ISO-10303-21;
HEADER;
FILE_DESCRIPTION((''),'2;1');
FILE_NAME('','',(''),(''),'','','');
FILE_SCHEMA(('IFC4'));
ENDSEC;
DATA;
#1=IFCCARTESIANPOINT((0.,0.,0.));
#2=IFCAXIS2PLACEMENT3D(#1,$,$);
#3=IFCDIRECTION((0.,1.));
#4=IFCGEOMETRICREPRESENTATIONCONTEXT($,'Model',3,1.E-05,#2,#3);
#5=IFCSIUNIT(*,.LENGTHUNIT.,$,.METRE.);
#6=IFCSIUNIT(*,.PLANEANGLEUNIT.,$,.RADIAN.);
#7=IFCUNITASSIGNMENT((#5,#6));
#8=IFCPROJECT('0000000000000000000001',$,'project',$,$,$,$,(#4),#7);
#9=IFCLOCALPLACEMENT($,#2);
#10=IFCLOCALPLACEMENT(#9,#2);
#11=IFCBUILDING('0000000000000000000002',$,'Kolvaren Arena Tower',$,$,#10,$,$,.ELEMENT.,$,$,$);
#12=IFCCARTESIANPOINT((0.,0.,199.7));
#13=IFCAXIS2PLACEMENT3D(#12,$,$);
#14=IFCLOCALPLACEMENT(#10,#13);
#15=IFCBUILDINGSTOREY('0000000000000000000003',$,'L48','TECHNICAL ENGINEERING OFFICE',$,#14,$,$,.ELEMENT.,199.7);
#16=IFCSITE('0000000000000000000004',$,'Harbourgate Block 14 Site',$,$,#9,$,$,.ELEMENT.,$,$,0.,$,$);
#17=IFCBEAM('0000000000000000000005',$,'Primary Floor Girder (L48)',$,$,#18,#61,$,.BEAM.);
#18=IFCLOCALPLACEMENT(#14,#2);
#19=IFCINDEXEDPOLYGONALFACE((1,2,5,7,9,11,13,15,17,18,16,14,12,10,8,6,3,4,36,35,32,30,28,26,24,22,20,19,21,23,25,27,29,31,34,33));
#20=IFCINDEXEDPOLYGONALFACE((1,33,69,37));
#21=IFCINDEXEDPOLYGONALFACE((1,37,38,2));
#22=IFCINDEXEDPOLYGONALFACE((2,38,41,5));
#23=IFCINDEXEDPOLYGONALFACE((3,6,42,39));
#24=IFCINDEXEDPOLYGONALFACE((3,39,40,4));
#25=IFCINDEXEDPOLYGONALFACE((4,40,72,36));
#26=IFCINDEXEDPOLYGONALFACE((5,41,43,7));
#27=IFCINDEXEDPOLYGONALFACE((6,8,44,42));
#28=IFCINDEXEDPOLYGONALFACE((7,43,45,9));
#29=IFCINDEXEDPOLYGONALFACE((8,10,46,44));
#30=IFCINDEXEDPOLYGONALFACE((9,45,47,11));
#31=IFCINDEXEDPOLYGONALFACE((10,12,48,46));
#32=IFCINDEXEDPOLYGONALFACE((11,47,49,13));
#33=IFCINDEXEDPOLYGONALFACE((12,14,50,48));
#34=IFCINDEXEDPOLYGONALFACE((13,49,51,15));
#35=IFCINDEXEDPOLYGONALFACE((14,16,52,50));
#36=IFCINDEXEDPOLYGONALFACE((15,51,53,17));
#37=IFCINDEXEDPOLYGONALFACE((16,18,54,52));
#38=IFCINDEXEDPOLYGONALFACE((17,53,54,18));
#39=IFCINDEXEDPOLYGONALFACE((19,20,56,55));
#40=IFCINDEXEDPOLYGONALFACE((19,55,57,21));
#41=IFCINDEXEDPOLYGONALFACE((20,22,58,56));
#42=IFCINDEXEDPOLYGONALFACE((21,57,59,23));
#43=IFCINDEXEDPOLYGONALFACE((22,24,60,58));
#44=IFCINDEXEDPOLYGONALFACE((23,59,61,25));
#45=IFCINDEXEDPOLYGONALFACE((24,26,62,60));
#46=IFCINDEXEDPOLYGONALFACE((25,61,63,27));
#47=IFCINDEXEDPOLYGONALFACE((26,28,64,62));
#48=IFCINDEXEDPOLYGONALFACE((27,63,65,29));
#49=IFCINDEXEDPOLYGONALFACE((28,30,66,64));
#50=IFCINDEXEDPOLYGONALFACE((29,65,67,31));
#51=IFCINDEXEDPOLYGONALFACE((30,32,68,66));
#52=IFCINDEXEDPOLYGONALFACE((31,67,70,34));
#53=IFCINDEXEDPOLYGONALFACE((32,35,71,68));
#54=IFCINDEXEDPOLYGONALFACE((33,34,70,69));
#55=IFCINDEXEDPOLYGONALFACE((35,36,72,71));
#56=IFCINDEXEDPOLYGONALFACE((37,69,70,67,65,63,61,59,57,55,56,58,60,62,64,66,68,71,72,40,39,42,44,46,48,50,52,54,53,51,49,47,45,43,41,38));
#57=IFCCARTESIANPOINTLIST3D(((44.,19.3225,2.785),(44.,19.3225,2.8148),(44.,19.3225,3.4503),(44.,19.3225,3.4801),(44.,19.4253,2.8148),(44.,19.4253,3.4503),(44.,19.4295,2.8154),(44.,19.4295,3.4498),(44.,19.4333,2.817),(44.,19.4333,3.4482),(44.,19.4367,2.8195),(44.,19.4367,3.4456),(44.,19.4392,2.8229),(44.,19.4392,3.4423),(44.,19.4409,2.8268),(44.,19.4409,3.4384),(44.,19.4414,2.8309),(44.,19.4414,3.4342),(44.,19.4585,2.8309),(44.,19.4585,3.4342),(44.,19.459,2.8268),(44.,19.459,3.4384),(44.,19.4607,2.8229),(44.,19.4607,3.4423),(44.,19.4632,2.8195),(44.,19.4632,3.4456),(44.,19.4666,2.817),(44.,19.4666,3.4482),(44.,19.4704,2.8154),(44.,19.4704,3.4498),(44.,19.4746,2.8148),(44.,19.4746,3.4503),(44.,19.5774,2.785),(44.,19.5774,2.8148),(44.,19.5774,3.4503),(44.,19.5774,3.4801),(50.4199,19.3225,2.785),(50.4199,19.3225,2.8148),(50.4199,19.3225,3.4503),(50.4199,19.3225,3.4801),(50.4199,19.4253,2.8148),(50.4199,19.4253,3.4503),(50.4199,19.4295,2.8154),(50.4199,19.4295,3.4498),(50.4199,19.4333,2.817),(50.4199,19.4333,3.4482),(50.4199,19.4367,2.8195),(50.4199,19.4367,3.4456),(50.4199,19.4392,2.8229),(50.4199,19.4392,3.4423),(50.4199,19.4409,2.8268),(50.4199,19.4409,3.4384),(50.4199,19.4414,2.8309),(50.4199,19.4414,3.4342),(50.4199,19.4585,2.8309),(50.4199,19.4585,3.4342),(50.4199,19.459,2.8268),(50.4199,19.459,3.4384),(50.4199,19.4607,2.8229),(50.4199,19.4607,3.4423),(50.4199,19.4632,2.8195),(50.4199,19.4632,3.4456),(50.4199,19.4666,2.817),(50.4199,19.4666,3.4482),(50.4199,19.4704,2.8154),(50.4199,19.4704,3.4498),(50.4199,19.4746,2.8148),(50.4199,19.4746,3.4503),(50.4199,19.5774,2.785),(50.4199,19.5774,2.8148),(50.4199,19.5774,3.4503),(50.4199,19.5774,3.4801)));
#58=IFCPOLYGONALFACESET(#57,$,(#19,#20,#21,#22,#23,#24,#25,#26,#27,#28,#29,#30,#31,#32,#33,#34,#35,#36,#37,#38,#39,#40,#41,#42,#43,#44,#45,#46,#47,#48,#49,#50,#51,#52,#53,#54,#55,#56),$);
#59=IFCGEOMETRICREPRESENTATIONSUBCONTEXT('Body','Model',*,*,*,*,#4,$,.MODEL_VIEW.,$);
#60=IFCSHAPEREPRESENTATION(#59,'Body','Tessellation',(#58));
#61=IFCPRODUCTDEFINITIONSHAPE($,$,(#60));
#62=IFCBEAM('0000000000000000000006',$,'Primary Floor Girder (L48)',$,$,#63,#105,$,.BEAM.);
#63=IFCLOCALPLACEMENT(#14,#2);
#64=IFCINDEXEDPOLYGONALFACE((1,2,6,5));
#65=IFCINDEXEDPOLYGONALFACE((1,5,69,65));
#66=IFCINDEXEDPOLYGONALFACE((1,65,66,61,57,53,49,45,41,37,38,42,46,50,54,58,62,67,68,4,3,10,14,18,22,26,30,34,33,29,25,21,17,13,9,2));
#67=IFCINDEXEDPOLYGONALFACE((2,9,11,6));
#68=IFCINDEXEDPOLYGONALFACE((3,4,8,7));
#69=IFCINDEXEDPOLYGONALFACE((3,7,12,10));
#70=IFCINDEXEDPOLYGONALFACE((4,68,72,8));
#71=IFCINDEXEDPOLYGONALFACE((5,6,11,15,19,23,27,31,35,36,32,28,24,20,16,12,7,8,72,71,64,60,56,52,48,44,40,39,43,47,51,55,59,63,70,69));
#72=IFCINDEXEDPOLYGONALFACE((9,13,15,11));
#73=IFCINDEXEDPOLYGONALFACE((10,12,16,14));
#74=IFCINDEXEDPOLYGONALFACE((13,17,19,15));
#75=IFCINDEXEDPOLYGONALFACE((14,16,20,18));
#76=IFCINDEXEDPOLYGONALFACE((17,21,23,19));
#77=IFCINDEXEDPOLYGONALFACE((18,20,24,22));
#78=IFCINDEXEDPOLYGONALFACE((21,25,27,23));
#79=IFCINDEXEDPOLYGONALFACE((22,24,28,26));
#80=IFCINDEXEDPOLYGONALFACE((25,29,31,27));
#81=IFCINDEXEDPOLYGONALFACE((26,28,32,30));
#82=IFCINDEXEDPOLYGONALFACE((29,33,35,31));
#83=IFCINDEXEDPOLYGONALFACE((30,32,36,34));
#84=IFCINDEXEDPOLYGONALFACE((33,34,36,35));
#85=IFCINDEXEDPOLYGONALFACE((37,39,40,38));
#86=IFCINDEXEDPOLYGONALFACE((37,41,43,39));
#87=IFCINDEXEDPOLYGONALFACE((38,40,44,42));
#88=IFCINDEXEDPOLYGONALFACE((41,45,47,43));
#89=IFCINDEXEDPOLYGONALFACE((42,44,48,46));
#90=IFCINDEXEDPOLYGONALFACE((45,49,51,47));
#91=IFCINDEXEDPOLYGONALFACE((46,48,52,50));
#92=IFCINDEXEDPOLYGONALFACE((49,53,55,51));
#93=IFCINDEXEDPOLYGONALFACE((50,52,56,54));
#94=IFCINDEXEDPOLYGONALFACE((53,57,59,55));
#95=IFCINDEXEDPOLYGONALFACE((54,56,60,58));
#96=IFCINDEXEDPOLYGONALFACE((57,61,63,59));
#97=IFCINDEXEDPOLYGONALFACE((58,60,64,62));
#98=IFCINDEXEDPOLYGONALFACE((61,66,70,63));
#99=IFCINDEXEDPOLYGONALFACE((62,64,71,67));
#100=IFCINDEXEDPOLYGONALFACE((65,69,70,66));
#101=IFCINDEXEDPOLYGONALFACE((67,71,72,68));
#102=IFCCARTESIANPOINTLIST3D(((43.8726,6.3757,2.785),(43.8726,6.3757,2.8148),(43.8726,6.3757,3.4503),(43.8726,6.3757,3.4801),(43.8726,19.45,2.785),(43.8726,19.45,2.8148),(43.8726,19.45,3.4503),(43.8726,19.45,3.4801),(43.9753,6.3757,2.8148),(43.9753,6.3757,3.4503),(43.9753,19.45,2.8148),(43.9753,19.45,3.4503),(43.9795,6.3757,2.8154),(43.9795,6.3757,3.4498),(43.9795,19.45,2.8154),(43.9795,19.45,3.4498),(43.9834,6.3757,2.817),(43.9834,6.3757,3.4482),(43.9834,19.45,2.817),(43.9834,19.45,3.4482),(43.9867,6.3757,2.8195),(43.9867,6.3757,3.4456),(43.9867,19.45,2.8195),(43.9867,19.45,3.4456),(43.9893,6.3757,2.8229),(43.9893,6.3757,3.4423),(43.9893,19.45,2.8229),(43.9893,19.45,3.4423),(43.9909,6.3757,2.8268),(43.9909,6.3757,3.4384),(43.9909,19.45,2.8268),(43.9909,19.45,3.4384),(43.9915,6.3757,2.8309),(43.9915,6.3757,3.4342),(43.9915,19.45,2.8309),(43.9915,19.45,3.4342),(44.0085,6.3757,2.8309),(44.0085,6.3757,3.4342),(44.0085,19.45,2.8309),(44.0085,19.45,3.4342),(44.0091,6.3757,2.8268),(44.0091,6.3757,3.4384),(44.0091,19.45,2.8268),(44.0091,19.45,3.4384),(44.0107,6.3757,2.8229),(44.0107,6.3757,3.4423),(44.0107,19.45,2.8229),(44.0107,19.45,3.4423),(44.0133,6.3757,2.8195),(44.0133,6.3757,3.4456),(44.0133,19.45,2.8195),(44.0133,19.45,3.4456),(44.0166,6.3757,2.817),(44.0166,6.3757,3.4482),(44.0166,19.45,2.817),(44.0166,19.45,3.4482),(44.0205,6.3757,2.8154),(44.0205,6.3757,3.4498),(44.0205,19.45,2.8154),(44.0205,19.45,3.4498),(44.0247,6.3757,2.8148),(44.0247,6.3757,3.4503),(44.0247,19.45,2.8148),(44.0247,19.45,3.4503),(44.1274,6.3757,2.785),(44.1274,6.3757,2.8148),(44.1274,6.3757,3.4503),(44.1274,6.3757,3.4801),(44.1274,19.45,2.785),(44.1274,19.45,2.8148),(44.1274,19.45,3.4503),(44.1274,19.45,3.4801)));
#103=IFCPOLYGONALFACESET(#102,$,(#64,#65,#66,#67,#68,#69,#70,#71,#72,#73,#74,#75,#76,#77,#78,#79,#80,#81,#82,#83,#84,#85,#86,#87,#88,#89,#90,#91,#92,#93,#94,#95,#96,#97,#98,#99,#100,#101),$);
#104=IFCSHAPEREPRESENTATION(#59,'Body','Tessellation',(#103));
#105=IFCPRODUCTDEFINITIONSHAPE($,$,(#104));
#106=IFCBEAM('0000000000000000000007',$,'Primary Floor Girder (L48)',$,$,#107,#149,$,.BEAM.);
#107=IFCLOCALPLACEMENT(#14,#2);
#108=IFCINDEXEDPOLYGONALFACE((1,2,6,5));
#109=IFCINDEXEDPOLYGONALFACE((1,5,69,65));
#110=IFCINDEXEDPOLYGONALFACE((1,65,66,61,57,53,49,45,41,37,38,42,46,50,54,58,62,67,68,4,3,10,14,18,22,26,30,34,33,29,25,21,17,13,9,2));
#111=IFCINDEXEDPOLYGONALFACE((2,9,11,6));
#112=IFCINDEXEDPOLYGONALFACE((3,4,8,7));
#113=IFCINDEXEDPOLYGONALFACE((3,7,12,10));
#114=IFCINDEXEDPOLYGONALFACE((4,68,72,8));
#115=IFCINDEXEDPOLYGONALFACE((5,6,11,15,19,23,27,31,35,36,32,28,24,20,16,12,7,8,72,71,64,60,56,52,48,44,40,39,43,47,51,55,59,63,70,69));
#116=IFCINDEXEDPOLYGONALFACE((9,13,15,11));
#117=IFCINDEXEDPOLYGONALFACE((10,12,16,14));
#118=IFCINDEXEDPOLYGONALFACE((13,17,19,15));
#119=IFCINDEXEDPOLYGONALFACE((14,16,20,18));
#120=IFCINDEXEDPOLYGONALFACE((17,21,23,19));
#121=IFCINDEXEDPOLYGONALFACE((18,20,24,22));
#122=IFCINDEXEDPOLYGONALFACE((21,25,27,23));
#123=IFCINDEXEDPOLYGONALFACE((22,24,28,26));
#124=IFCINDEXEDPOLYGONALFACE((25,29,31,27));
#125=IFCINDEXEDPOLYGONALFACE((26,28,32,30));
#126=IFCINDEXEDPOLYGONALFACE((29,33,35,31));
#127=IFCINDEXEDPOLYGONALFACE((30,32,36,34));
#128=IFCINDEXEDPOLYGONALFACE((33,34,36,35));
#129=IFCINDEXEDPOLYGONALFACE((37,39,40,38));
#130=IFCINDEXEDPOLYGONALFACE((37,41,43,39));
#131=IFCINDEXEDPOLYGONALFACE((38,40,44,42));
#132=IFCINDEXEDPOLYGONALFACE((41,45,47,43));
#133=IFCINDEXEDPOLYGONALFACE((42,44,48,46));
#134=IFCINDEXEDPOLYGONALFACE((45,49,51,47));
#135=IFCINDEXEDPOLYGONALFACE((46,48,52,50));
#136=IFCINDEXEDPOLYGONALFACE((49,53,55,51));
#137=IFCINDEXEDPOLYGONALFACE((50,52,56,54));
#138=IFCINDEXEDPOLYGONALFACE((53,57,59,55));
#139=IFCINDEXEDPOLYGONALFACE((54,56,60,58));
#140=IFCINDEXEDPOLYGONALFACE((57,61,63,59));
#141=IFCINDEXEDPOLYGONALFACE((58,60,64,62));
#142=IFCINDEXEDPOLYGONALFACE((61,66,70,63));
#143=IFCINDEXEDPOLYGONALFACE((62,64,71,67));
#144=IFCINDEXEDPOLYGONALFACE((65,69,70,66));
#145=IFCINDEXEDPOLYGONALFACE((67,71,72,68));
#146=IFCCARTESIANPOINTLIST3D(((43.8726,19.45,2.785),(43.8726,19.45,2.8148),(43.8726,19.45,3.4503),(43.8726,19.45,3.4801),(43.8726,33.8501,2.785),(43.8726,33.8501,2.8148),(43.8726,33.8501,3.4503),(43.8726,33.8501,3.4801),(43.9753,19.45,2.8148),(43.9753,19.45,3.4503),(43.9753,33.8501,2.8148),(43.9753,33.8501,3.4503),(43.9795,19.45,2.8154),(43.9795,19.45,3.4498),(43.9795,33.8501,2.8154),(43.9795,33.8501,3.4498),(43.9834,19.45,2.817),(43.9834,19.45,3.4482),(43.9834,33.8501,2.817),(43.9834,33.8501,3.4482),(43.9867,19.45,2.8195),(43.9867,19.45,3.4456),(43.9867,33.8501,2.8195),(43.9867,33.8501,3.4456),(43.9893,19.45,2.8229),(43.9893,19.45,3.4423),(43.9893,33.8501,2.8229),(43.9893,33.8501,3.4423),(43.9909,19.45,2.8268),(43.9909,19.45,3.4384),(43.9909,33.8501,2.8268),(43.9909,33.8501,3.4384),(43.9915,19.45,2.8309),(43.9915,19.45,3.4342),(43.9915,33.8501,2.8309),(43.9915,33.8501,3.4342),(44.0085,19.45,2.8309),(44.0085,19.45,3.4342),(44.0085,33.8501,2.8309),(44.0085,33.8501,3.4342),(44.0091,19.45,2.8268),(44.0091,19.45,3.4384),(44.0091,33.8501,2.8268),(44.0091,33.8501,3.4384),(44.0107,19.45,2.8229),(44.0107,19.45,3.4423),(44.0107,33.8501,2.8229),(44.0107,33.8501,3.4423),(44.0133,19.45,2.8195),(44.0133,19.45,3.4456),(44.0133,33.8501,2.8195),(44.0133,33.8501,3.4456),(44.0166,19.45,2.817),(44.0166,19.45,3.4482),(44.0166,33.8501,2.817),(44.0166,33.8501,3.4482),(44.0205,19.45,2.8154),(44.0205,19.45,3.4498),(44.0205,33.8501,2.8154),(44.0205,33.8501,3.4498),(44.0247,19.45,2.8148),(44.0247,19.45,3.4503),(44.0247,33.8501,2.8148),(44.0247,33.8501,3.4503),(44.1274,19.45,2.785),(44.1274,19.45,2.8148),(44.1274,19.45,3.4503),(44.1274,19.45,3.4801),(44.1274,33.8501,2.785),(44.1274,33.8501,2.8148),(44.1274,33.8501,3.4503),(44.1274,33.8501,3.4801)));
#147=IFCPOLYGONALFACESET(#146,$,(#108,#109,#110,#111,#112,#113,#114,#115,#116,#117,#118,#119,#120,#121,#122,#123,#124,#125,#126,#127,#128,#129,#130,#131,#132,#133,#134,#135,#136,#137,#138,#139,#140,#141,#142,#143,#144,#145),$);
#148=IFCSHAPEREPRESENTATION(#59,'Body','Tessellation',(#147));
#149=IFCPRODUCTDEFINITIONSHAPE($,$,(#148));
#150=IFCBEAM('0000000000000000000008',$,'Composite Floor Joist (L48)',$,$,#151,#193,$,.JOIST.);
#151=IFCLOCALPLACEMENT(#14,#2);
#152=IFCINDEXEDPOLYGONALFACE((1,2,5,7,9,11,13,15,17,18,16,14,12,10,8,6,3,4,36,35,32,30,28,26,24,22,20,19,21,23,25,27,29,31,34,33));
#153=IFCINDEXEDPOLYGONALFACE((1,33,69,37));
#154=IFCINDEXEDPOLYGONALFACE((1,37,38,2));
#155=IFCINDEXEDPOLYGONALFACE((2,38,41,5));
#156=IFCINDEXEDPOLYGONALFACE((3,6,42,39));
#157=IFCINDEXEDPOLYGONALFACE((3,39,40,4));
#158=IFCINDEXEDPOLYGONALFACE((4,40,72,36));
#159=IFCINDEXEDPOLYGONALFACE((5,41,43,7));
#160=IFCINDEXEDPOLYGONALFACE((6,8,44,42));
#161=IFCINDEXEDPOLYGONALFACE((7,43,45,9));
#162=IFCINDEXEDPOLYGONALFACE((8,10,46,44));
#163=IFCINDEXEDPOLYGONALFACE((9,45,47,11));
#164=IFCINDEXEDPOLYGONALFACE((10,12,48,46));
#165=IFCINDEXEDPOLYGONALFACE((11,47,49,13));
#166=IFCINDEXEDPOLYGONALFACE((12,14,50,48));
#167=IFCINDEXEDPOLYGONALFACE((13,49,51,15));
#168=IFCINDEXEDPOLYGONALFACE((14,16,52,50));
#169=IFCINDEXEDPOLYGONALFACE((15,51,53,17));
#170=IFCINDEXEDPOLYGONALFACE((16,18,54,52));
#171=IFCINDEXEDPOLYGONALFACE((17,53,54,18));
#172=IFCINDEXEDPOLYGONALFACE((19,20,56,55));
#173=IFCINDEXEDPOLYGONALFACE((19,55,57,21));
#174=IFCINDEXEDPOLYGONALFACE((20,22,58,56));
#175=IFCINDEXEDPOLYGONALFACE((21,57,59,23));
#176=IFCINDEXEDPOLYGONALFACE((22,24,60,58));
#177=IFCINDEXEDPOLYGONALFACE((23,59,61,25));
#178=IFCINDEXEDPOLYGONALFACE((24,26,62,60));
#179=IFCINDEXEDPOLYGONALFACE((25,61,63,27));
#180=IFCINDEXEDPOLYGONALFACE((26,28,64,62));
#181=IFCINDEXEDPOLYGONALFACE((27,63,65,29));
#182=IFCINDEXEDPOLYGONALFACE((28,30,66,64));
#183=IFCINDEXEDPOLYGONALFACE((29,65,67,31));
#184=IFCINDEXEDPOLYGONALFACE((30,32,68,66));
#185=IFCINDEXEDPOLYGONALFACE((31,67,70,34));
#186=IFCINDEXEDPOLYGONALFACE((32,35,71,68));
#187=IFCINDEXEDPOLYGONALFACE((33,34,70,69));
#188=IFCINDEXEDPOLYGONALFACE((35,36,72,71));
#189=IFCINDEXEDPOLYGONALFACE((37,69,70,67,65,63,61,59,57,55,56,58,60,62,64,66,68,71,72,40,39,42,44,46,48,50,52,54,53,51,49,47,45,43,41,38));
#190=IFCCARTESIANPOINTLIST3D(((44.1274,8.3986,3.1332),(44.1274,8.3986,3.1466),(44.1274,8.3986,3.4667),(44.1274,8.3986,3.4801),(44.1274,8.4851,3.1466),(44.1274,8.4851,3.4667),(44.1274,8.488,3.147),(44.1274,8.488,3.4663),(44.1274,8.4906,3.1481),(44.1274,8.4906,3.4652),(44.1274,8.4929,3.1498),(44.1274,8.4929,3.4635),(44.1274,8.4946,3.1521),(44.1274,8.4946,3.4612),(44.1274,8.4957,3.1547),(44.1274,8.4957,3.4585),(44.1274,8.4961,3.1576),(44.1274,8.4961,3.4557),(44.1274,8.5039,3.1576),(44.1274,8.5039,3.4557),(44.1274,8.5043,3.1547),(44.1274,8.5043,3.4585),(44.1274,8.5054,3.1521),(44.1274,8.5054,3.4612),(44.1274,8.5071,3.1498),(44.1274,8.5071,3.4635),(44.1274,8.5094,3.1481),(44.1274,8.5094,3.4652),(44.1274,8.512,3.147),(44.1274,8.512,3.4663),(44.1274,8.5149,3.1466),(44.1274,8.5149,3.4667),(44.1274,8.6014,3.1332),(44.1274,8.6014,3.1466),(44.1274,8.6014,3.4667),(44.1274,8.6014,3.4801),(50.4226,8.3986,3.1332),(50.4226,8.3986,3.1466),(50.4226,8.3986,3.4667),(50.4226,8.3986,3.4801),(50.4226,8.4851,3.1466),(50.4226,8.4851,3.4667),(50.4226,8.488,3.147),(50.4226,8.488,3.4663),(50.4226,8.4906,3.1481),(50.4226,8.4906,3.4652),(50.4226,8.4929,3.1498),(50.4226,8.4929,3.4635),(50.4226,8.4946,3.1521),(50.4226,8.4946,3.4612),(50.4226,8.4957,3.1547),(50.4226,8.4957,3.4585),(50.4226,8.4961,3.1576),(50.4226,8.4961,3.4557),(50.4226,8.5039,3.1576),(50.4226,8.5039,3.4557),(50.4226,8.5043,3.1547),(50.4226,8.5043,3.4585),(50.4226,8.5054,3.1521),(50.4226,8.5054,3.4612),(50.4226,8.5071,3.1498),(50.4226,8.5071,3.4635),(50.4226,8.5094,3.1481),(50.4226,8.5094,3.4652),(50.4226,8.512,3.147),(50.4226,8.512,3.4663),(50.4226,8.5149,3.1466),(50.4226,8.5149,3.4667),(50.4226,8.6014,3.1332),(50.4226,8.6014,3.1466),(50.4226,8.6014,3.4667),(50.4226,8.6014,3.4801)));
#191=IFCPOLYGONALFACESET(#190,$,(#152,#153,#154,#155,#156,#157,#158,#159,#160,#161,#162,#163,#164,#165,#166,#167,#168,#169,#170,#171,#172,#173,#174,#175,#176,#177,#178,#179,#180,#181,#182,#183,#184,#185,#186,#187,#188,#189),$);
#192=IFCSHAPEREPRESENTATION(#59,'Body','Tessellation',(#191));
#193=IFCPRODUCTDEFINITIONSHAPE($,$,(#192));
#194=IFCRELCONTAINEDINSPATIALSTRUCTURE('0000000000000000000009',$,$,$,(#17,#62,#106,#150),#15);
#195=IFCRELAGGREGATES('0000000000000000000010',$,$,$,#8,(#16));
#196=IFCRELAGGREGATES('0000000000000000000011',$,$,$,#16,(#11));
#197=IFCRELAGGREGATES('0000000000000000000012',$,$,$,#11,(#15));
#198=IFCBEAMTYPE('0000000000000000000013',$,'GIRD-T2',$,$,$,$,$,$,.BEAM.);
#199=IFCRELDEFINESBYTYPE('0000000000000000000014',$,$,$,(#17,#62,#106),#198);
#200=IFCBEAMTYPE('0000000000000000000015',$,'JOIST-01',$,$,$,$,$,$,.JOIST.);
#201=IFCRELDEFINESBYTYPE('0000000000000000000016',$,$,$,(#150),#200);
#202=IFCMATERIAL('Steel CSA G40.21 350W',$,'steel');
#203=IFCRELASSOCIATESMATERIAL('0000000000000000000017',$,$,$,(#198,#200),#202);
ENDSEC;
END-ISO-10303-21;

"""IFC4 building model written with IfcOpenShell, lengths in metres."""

from ifc_helpers import new_model, si_unit, direction, frame, origin, origin_2d, place, context, subcontext, project, spatial, i_section, extrude, material, material_profile, profile_set, type_object, element, save


model = new_model("IFC4")

# Units and contexts
model_context = context("Model", 3, precision=1e-05, world=origin(), true_north=direction((0.0, 1.0)))
body_context = subcontext(model_context, "Body", "Model", "MODEL_VIEW")
ifc_project = project(units=[si_unit("LENGTHUNIT", "METRE"), si_unit("PLANEANGLEUNIT", "RADIAN")], contexts=[model_context])

# Site, building, storey
site_placement = place(None, origin())
site = spatial("IfcSite", under=ifc_project, at=site_placement, Name="Harbourgate Block 14 Site", CompositionType="ELEMENT", RefElevation=0.0)
building_placement = place(site_placement, origin())
building = spatial("IfcBuilding", under=site, at=building_placement, Name="Kolvaren Arena Tower", CompositionType="ELEMENT")
storey_placement = place(building_placement, frame((0.0, 0.0, 199.7)))
storey = spatial("IfcBuildingStorey", under=building, at=storey_placement, Name="L48", Description="TECHNICAL ENGINEERING OFFICE", CompositionType="ELEMENT", Elevation=199.7)

# Beams
ifc_material_1 = material(Name="Steel CSA G40.21 350W", Category="steel")
ifc_material_profile_1 = material_profile(ifc_material_1, i_section(OverallWidth=0.2549, OverallDepth=0.6951, WebThickness=0.0171, FlangeThickness=0.0298, FilletRadius=0.0161, at=origin_2d()), Name="W690x217")
ifc_profile_set_1 = profile_set([ifc_material_profile_1], Name="Steel CSA G40.21 350W")
beam_type_1 = type_object("IfcBeamType", Name="GIRD-T2", PredefinedType="BEAM", material=ifc_profile_set_1)
beam_1_placement = place(storey_placement, frame((44.0, 19.45, 3.1326), z_axis=(1.0, 0.0, 0.0), x_axis=(0.0, 1.0, 0.0)))
element("IfcBeam", 1, at=beam_1_placement, inside=storey, type_object=beam_type_1, Name="Primary Floor Girder (L48)", PredefinedType="BEAM", context=body_context, shape_type="SweptSolid", body=[
    extrude(i_section(OverallWidth=0.2549, OverallDepth=0.6951, WebThickness=0.0171, FlangeThickness=0.0298, FilletRadius=0.0161, at=origin_2d()), origin(), (0.0, 0.0, 1.0), 6.4199),
])
beam_2_placement = place(storey_placement, frame((44.0, 6.3757, 3.1326), z_axis=(0.0, 1.0, 0.0), x_axis=(-1.0, 0.0, 0.0)))
element("IfcBeam", 2, at=beam_2_placement, inside=storey, type_object=beam_type_1, Name="Primary Floor Girder (L48)", PredefinedType="BEAM", context=body_context, shape_type="SweptSolid", body=[
    extrude(i_section(OverallWidth=0.2549, OverallDepth=0.6951, WebThickness=0.0171, FlangeThickness=0.0298, FilletRadius=0.0161, at=origin_2d()), origin(), (0.0, 0.0, 1.0), 13.0742),
])
beam_3_placement = place(storey_placement, frame((44.0, 19.45, 3.1326), z_axis=(0.0, 1.0, 0.0), x_axis=(-1.0, 0.0, 0.0)))
element("IfcBeam", 3, at=beam_3_placement, inside=storey, type_object=beam_type_1, Name="Primary Floor Girder (L48)", PredefinedType="BEAM", context=body_context, shape_type="SweptSolid", body=[
    extrude(i_section(OverallWidth=0.2549, OverallDepth=0.6951, WebThickness=0.0171, FlangeThickness=0.0298, FilletRadius=0.0161, at=origin_2d()), origin(), (0.0, 0.0, 1.0), 14.4001),
])
ifc_material_profile_2 = material_profile(ifc_material_1, i_section(OverallWidth=0.2029, OverallDepth=0.3469, WebThickness=0.0078, FlangeThickness=0.0134, FilletRadius=0.011, at=origin_2d()), Name="W360x64")
ifc_profile_set_2 = profile_set([ifc_material_profile_2], Name="Steel CSA G40.21 350W")
beam_type_2 = type_object("IfcBeamType", Name="JOIST-01", PredefinedType="JOIST", material=ifc_profile_set_2)
for number, where, z_axis, x_axis, name in (
    (4, (44.1274, 8.5, 3.3066), (1.0, 0.0, 0.0), (0.0, 1.0, 0.0), "Composite Floor Joist (L48)"),
):
    element("IfcBeam", number, at=place(storey_placement, frame(where, z_axis=z_axis, x_axis=x_axis)), inside=storey, type_object=beam_type_2, Name=name, PredefinedType="JOIST", context=body_context, shape_type="SweptSolid", body=[
        extrude(i_section(OverallWidth=0.2029, OverallDepth=0.3469, WebThickness=0.0078, FlangeThickness=0.0134, FilletRadius=0.011, at=origin_2d()), origin(), (0.0, 0.0, 1.0), 6.2952),
    ])

save(model, "model.ifc")
